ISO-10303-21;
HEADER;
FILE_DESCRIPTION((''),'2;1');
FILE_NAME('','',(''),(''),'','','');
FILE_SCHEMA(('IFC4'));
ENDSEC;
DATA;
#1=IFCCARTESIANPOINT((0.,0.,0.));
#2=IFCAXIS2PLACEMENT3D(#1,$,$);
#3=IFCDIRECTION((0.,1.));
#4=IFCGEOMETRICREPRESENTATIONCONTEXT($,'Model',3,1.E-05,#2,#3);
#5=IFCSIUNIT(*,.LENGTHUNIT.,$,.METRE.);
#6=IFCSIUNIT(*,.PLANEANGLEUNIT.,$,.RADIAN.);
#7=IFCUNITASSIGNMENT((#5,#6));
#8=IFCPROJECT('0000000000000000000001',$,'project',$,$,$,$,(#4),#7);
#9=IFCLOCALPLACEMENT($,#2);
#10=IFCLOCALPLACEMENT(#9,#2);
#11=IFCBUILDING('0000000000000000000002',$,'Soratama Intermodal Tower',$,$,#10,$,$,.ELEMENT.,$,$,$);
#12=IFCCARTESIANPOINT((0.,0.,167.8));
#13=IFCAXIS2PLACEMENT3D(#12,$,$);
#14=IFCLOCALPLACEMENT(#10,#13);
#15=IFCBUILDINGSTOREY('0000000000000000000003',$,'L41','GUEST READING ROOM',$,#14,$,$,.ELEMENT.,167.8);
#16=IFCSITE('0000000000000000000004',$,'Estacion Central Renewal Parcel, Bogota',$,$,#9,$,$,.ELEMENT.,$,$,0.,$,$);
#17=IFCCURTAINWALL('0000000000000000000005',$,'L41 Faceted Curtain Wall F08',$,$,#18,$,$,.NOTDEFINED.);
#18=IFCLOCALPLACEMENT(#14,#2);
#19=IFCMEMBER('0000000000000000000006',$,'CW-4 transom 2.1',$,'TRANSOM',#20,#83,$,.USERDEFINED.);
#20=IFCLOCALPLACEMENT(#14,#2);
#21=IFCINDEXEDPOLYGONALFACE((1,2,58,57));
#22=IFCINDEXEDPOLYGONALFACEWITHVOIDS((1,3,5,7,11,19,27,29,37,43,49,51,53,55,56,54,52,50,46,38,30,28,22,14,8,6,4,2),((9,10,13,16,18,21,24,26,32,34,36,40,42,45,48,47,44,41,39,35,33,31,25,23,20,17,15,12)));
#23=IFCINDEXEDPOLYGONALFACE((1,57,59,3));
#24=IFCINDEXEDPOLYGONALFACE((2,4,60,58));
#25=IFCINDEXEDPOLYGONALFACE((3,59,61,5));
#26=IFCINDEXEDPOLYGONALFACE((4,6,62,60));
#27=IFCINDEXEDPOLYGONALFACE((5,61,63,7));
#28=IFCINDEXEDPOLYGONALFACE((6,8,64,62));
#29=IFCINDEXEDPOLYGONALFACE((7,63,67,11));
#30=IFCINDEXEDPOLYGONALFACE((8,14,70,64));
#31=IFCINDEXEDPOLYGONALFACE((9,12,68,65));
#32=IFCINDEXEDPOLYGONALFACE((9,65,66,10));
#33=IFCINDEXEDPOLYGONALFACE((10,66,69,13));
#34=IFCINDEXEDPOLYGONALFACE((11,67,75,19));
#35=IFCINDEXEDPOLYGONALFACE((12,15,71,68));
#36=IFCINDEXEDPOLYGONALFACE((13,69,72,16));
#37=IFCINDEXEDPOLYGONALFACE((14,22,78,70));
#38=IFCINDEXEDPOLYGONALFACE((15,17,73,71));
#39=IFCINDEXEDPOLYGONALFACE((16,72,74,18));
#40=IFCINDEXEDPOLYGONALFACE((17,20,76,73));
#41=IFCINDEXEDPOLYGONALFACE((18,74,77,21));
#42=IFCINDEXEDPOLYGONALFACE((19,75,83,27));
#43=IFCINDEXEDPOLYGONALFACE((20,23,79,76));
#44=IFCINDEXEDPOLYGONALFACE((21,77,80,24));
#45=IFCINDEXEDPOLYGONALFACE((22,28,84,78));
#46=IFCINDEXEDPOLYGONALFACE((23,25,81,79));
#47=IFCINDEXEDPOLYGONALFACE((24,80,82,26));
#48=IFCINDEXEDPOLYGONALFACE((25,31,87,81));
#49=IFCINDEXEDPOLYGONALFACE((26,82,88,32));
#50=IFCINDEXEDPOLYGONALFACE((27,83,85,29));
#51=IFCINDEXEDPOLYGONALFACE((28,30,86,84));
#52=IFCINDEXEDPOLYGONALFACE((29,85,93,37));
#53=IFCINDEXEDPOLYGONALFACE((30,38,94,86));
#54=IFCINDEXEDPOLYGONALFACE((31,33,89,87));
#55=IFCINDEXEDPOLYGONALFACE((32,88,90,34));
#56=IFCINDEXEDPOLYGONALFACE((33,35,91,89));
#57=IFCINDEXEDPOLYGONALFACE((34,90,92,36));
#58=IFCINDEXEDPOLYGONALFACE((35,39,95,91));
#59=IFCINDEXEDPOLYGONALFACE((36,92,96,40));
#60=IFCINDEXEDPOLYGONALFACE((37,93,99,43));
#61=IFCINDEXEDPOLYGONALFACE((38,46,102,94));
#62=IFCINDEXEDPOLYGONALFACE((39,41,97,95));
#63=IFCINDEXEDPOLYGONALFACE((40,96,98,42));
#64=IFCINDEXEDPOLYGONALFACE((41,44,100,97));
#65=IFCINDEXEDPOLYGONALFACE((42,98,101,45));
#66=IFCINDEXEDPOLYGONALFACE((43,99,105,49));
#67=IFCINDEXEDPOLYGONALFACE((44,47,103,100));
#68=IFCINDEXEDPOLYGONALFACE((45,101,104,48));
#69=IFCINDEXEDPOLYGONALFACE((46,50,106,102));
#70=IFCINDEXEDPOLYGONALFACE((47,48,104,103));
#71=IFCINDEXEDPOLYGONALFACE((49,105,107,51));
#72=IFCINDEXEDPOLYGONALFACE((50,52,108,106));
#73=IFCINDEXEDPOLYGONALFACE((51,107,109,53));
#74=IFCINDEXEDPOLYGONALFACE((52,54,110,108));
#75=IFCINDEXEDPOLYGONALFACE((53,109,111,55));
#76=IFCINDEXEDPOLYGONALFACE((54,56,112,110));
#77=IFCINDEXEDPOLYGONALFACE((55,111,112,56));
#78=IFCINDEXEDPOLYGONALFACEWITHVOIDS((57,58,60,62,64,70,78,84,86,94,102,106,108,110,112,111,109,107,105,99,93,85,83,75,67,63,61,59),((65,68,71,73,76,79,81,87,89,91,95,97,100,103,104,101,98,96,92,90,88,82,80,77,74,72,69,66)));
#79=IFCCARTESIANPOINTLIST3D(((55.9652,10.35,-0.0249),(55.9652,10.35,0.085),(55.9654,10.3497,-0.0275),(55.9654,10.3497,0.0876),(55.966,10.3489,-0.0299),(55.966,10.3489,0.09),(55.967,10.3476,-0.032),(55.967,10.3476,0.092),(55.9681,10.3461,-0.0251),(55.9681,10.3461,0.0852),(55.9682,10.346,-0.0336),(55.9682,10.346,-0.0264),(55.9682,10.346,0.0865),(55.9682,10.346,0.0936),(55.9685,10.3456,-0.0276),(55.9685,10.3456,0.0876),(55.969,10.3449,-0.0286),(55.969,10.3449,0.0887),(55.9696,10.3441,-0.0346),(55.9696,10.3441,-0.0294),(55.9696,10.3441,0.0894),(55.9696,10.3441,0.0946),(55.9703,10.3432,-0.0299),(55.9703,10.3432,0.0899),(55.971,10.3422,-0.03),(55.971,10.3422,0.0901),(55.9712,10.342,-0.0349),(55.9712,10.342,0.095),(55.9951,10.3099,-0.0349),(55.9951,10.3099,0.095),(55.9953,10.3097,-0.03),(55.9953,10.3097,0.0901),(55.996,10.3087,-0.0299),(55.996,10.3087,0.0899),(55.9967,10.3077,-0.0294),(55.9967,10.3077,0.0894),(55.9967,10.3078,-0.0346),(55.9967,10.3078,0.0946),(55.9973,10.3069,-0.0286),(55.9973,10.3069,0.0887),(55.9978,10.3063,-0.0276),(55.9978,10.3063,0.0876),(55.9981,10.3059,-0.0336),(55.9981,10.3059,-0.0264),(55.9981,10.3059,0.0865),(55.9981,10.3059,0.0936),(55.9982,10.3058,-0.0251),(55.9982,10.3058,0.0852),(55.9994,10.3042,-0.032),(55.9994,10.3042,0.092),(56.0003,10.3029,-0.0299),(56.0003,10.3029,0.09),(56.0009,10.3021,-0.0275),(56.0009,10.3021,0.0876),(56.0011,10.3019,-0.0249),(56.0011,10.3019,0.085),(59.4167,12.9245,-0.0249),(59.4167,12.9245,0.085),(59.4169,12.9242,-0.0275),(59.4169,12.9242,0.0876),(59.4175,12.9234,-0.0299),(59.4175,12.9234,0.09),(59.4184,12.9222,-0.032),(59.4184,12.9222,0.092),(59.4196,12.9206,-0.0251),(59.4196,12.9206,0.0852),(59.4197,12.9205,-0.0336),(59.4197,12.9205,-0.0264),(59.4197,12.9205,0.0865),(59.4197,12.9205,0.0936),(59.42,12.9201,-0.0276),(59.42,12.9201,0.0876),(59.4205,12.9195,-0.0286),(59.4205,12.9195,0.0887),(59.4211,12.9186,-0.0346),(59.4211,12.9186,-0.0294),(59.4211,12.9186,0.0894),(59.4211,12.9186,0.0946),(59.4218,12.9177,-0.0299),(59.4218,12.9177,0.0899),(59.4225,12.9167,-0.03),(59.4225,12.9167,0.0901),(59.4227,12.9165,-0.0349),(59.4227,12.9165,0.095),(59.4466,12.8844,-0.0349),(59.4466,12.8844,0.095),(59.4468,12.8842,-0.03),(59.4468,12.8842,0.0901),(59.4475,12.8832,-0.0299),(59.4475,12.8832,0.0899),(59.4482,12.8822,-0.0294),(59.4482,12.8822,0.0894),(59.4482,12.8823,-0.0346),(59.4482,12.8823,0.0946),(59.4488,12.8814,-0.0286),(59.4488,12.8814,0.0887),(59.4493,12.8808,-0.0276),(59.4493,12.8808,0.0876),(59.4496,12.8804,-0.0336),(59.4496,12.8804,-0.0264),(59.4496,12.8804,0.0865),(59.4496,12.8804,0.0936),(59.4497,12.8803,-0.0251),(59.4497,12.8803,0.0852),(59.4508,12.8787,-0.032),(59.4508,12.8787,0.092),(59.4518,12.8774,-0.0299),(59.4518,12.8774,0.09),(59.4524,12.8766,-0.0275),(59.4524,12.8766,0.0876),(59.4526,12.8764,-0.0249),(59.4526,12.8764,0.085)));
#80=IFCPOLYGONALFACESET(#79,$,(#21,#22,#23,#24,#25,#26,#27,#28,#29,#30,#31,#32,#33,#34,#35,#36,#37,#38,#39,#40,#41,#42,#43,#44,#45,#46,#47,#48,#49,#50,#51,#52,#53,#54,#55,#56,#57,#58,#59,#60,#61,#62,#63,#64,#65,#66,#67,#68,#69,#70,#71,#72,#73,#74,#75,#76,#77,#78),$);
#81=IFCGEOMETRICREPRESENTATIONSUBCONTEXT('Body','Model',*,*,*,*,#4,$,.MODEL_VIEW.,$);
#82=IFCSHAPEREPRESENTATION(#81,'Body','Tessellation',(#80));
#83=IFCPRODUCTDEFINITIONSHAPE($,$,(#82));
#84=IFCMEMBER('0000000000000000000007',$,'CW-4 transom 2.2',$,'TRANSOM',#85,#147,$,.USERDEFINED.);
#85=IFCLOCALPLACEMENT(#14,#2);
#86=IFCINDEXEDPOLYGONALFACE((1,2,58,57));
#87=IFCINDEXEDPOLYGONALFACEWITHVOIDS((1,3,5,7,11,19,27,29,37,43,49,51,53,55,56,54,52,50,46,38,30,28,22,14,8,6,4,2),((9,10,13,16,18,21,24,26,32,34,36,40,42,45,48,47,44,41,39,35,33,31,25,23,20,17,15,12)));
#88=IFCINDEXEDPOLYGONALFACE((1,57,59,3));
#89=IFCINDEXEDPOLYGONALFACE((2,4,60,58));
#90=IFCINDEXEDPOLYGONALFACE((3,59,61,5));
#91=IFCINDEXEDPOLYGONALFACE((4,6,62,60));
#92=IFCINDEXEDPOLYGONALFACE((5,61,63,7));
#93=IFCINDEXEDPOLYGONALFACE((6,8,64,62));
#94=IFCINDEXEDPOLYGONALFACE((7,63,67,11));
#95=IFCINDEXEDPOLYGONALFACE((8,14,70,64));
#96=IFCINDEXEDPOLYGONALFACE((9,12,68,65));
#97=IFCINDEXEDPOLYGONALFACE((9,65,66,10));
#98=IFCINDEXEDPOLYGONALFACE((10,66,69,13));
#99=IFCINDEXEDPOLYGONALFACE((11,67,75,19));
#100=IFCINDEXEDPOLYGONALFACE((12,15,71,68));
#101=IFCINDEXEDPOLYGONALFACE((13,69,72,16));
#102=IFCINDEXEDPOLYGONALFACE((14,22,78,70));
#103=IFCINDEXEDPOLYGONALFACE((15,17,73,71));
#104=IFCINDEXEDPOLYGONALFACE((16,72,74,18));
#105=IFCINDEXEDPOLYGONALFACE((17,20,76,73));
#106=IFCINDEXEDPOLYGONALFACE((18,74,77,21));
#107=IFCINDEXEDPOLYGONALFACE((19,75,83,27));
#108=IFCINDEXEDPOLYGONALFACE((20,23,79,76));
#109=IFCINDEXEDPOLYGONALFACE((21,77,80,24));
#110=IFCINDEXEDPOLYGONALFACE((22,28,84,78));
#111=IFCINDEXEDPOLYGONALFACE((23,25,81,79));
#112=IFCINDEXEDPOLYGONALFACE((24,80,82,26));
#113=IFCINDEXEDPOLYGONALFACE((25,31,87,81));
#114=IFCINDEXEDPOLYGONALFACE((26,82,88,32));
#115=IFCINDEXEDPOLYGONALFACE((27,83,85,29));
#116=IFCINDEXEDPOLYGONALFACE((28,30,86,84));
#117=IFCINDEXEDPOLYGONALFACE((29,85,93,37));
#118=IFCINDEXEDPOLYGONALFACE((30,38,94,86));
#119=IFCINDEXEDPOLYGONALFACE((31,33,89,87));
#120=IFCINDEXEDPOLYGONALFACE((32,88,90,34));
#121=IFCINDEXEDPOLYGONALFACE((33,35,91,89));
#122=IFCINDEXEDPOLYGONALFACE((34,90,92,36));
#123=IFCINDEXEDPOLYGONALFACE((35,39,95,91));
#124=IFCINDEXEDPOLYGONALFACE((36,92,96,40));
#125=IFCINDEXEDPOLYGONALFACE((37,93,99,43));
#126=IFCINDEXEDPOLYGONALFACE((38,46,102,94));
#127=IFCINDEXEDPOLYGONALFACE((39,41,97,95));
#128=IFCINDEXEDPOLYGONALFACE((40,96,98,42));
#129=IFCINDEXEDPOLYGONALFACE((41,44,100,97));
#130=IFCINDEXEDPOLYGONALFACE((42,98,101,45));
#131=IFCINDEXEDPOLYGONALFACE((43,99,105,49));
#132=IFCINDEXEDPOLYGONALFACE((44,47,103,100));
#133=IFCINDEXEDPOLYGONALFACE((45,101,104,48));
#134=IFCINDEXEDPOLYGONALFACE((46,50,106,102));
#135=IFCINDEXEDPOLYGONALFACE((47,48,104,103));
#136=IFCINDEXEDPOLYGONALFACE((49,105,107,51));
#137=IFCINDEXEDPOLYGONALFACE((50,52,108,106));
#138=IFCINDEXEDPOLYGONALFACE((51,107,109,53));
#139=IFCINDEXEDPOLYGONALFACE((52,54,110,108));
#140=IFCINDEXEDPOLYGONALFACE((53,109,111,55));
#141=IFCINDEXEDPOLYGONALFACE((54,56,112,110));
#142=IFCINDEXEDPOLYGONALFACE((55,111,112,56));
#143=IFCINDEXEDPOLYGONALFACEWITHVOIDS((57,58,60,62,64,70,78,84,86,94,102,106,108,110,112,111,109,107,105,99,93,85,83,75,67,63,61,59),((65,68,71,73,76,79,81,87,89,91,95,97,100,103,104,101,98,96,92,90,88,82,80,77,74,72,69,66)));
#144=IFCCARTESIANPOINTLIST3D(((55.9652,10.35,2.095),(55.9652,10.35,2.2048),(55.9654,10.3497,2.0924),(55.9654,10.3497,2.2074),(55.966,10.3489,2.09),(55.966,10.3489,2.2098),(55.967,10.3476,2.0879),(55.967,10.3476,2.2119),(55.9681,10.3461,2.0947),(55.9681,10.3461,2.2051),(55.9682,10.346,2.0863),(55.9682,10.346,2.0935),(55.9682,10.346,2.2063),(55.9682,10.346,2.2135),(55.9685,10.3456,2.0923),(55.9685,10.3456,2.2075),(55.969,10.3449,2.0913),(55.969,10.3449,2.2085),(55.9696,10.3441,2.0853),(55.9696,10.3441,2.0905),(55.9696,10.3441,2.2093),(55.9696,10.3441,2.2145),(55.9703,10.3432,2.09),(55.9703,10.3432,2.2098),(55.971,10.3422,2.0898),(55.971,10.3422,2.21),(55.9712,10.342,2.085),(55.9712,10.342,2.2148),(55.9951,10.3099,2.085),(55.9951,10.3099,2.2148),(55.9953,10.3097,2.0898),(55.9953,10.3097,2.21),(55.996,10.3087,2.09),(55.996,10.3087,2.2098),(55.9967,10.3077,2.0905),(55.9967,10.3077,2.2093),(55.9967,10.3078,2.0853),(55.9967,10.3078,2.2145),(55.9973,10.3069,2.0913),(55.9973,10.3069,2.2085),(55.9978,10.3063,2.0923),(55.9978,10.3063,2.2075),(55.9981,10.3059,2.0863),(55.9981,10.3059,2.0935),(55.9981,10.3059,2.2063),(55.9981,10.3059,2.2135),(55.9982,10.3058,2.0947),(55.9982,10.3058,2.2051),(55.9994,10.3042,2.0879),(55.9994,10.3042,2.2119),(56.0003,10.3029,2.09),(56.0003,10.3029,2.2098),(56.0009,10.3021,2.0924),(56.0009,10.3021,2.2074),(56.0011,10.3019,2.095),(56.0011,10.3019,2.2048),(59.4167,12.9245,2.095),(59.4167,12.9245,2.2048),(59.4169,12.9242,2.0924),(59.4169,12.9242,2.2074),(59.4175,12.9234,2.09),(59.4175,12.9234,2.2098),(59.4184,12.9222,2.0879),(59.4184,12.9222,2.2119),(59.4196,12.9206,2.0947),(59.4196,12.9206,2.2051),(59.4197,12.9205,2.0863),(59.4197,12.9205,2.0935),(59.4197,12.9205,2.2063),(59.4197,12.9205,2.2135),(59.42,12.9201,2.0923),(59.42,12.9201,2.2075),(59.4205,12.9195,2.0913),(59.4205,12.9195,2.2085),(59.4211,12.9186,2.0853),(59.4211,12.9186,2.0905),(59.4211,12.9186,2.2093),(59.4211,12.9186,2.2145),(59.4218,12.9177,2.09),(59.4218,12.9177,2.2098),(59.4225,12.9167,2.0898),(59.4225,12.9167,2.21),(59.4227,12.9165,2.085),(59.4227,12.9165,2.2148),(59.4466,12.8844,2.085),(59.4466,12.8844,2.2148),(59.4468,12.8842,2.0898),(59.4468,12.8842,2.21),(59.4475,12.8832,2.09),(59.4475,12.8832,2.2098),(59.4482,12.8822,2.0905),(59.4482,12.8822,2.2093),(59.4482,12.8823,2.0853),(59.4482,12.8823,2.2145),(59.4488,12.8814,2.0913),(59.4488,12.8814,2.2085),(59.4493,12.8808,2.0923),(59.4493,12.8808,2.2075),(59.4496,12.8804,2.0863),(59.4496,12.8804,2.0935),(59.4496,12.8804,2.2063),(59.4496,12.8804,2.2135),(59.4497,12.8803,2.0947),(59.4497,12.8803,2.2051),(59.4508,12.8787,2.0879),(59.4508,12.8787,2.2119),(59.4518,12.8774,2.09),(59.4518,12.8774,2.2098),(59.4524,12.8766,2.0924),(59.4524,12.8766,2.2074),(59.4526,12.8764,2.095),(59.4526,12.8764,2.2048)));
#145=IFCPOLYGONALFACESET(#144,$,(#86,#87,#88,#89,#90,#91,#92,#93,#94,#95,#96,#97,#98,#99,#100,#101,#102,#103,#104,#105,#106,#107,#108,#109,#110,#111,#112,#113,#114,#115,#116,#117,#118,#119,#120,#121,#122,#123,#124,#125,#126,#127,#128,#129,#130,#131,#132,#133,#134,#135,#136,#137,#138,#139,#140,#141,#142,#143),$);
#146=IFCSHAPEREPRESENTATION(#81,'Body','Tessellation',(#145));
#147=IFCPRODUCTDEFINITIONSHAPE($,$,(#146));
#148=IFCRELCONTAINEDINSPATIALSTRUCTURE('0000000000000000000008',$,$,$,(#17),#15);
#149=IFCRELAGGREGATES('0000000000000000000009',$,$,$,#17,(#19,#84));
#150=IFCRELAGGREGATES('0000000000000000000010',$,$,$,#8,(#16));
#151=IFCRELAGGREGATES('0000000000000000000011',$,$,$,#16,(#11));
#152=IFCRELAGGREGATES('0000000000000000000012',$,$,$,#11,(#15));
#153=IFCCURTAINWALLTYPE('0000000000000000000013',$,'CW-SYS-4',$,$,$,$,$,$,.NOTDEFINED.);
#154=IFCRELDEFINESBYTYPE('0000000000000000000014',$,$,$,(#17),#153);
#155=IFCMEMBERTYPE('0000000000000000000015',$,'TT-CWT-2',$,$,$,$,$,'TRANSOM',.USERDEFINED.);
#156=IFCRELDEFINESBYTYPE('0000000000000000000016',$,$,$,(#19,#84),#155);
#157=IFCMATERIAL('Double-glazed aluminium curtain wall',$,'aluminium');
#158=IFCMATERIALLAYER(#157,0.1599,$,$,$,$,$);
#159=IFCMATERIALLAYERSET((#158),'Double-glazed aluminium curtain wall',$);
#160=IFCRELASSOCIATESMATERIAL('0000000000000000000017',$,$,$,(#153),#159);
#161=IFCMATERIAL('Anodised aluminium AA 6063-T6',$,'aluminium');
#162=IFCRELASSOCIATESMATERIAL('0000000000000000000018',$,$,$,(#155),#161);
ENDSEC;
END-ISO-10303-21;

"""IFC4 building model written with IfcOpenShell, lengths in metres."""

from ifc_helpers import new_model, si_unit, direction, frame, origin, origin_2d, place, context, subcontext, project, spatial, hollow_rectangle, extrude, material, layer, layer_set, material_profile, profile_set, type_object, element, aggregate, save


model = new_model("IFC4")

# Units and contexts
model_context = context("Model", 3, precision=1e-05, world=origin(), true_north=direction((0.0, 1.0)))
body_context = subcontext(model_context, "Body", "Model", "MODEL_VIEW")
ifc_project = project(units=[si_unit("LENGTHUNIT", "METRE"), si_unit("PLANEANGLEUNIT", "RADIAN")], contexts=[model_context])

# Site, building, storey
site_placement = place(None, origin())
site = spatial("IfcSite", under=ifc_project, at=site_placement, Name="Estacion Central Renewal Parcel, Bogota", CompositionType="ELEMENT", RefElevation=0.0)
building_placement = place(site_placement, origin())
building = spatial("IfcBuilding", under=site, at=building_placement, Name="Soratama Intermodal Tower", CompositionType="ELEMENT")
storey_placement = place(building_placement, frame((0.0, 0.0, 167.8)))
storey = spatial("IfcBuildingStorey", under=building, at=storey_placement, Name="L41", Description="GUEST READING ROOM", CompositionType="ELEMENT", Elevation=167.8)

# Curtain wall
ifc_material_1 = material(Name="Double-glazed aluminium curtain wall", Category="aluminium")
ifc_layer_1 = layer(ifc_material_1, 0.1599)
ifc_layer_set_1 = layer_set([ifc_layer_1], Name="Double-glazed aluminium curtain wall")
curtain_wall_type = type_object("IfcCurtainWallType", Name="CW-SYS-4", PredefinedType="NOTDEFINED", material=ifc_layer_set_1)
curtain_wall_1_placement = place(storey_placement, origin())
curtain_wall_1 = element("IfcCurtainWall", 1, at=curtain_wall_1_placement, inside=storey, type_object=curtain_wall_type, Name="L41 Faceted Curtain Wall F08", PredefinedType="NOTDEFINED")

# Members
ifc_material_2 = material(Name="Anodised aluminium AA 6063-T6", Category="aluminium")
ifc_material_profile_1 = material_profile(ifc_material_2, hollow_rectangle(XDim=0.0601, YDim=0.1299, WallThickness=0.0049, InnerFilletRadius=0.0049, OuterFilletRadius=0.01, at=origin_2d()), Name="CWT130X60X5")
ifc_profile_set_1 = profile_set([ifc_material_profile_1], Name="Anodised aluminium AA 6063-T6")
member_type_1 = type_object("IfcMemberType", Name="TT-CWT-2", ElementType="TRANSOM", PredefinedType="USERDEFINED", material=ifc_profile_set_1)
member_1_placement = place(storey_placement, frame((55.9832, 10.3259, 0.03), z_axis=(0.801569, 0.597902, 0.0), x_axis=(-0.597902, 0.801569, 0.0)))
member_1 = element("IfcMember", 2, at=member_1_placement, type_object=member_type_1, Name="CW-4 transom 2.1", ObjectType="TRANSOM", PredefinedType="USERDEFINED", context=body_context, shape_type="SweptSolid", body=[
    extrude(hollow_rectangle(XDim=0.0601, YDim=0.1299, WallThickness=0.0049, InnerFilletRadius=0.0049, OuterFilletRadius=0.01, at=origin_2d()), origin(), (0.0, 0.0, 1.0), 4.3059),
])
member_2_placement = place(storey_placement, frame((55.9832, 10.3259, 2.1499), z_axis=(0.801569, 0.597902, 0.0), x_axis=(-0.597902, 0.801569, 0.0)))
member_2 = element("IfcMember", 3, at=member_2_placement, type_object=member_type_1, Name="CW-4 transom 2.2", ObjectType="TRANSOM", PredefinedType="USERDEFINED", context=body_context, shape_type="SweptSolid", body=[
    extrude(hollow_rectangle(XDim=0.0601, YDim=0.1299, WallThickness=0.0049, InnerFilletRadius=0.0049, OuterFilletRadius=0.01, at=origin_2d()), origin(), (0.0, 0.0, 1.0), 4.3059),
])

aggregate(curtain_wall_1, [member_1, member_2])

save(model, "model.ifc")
